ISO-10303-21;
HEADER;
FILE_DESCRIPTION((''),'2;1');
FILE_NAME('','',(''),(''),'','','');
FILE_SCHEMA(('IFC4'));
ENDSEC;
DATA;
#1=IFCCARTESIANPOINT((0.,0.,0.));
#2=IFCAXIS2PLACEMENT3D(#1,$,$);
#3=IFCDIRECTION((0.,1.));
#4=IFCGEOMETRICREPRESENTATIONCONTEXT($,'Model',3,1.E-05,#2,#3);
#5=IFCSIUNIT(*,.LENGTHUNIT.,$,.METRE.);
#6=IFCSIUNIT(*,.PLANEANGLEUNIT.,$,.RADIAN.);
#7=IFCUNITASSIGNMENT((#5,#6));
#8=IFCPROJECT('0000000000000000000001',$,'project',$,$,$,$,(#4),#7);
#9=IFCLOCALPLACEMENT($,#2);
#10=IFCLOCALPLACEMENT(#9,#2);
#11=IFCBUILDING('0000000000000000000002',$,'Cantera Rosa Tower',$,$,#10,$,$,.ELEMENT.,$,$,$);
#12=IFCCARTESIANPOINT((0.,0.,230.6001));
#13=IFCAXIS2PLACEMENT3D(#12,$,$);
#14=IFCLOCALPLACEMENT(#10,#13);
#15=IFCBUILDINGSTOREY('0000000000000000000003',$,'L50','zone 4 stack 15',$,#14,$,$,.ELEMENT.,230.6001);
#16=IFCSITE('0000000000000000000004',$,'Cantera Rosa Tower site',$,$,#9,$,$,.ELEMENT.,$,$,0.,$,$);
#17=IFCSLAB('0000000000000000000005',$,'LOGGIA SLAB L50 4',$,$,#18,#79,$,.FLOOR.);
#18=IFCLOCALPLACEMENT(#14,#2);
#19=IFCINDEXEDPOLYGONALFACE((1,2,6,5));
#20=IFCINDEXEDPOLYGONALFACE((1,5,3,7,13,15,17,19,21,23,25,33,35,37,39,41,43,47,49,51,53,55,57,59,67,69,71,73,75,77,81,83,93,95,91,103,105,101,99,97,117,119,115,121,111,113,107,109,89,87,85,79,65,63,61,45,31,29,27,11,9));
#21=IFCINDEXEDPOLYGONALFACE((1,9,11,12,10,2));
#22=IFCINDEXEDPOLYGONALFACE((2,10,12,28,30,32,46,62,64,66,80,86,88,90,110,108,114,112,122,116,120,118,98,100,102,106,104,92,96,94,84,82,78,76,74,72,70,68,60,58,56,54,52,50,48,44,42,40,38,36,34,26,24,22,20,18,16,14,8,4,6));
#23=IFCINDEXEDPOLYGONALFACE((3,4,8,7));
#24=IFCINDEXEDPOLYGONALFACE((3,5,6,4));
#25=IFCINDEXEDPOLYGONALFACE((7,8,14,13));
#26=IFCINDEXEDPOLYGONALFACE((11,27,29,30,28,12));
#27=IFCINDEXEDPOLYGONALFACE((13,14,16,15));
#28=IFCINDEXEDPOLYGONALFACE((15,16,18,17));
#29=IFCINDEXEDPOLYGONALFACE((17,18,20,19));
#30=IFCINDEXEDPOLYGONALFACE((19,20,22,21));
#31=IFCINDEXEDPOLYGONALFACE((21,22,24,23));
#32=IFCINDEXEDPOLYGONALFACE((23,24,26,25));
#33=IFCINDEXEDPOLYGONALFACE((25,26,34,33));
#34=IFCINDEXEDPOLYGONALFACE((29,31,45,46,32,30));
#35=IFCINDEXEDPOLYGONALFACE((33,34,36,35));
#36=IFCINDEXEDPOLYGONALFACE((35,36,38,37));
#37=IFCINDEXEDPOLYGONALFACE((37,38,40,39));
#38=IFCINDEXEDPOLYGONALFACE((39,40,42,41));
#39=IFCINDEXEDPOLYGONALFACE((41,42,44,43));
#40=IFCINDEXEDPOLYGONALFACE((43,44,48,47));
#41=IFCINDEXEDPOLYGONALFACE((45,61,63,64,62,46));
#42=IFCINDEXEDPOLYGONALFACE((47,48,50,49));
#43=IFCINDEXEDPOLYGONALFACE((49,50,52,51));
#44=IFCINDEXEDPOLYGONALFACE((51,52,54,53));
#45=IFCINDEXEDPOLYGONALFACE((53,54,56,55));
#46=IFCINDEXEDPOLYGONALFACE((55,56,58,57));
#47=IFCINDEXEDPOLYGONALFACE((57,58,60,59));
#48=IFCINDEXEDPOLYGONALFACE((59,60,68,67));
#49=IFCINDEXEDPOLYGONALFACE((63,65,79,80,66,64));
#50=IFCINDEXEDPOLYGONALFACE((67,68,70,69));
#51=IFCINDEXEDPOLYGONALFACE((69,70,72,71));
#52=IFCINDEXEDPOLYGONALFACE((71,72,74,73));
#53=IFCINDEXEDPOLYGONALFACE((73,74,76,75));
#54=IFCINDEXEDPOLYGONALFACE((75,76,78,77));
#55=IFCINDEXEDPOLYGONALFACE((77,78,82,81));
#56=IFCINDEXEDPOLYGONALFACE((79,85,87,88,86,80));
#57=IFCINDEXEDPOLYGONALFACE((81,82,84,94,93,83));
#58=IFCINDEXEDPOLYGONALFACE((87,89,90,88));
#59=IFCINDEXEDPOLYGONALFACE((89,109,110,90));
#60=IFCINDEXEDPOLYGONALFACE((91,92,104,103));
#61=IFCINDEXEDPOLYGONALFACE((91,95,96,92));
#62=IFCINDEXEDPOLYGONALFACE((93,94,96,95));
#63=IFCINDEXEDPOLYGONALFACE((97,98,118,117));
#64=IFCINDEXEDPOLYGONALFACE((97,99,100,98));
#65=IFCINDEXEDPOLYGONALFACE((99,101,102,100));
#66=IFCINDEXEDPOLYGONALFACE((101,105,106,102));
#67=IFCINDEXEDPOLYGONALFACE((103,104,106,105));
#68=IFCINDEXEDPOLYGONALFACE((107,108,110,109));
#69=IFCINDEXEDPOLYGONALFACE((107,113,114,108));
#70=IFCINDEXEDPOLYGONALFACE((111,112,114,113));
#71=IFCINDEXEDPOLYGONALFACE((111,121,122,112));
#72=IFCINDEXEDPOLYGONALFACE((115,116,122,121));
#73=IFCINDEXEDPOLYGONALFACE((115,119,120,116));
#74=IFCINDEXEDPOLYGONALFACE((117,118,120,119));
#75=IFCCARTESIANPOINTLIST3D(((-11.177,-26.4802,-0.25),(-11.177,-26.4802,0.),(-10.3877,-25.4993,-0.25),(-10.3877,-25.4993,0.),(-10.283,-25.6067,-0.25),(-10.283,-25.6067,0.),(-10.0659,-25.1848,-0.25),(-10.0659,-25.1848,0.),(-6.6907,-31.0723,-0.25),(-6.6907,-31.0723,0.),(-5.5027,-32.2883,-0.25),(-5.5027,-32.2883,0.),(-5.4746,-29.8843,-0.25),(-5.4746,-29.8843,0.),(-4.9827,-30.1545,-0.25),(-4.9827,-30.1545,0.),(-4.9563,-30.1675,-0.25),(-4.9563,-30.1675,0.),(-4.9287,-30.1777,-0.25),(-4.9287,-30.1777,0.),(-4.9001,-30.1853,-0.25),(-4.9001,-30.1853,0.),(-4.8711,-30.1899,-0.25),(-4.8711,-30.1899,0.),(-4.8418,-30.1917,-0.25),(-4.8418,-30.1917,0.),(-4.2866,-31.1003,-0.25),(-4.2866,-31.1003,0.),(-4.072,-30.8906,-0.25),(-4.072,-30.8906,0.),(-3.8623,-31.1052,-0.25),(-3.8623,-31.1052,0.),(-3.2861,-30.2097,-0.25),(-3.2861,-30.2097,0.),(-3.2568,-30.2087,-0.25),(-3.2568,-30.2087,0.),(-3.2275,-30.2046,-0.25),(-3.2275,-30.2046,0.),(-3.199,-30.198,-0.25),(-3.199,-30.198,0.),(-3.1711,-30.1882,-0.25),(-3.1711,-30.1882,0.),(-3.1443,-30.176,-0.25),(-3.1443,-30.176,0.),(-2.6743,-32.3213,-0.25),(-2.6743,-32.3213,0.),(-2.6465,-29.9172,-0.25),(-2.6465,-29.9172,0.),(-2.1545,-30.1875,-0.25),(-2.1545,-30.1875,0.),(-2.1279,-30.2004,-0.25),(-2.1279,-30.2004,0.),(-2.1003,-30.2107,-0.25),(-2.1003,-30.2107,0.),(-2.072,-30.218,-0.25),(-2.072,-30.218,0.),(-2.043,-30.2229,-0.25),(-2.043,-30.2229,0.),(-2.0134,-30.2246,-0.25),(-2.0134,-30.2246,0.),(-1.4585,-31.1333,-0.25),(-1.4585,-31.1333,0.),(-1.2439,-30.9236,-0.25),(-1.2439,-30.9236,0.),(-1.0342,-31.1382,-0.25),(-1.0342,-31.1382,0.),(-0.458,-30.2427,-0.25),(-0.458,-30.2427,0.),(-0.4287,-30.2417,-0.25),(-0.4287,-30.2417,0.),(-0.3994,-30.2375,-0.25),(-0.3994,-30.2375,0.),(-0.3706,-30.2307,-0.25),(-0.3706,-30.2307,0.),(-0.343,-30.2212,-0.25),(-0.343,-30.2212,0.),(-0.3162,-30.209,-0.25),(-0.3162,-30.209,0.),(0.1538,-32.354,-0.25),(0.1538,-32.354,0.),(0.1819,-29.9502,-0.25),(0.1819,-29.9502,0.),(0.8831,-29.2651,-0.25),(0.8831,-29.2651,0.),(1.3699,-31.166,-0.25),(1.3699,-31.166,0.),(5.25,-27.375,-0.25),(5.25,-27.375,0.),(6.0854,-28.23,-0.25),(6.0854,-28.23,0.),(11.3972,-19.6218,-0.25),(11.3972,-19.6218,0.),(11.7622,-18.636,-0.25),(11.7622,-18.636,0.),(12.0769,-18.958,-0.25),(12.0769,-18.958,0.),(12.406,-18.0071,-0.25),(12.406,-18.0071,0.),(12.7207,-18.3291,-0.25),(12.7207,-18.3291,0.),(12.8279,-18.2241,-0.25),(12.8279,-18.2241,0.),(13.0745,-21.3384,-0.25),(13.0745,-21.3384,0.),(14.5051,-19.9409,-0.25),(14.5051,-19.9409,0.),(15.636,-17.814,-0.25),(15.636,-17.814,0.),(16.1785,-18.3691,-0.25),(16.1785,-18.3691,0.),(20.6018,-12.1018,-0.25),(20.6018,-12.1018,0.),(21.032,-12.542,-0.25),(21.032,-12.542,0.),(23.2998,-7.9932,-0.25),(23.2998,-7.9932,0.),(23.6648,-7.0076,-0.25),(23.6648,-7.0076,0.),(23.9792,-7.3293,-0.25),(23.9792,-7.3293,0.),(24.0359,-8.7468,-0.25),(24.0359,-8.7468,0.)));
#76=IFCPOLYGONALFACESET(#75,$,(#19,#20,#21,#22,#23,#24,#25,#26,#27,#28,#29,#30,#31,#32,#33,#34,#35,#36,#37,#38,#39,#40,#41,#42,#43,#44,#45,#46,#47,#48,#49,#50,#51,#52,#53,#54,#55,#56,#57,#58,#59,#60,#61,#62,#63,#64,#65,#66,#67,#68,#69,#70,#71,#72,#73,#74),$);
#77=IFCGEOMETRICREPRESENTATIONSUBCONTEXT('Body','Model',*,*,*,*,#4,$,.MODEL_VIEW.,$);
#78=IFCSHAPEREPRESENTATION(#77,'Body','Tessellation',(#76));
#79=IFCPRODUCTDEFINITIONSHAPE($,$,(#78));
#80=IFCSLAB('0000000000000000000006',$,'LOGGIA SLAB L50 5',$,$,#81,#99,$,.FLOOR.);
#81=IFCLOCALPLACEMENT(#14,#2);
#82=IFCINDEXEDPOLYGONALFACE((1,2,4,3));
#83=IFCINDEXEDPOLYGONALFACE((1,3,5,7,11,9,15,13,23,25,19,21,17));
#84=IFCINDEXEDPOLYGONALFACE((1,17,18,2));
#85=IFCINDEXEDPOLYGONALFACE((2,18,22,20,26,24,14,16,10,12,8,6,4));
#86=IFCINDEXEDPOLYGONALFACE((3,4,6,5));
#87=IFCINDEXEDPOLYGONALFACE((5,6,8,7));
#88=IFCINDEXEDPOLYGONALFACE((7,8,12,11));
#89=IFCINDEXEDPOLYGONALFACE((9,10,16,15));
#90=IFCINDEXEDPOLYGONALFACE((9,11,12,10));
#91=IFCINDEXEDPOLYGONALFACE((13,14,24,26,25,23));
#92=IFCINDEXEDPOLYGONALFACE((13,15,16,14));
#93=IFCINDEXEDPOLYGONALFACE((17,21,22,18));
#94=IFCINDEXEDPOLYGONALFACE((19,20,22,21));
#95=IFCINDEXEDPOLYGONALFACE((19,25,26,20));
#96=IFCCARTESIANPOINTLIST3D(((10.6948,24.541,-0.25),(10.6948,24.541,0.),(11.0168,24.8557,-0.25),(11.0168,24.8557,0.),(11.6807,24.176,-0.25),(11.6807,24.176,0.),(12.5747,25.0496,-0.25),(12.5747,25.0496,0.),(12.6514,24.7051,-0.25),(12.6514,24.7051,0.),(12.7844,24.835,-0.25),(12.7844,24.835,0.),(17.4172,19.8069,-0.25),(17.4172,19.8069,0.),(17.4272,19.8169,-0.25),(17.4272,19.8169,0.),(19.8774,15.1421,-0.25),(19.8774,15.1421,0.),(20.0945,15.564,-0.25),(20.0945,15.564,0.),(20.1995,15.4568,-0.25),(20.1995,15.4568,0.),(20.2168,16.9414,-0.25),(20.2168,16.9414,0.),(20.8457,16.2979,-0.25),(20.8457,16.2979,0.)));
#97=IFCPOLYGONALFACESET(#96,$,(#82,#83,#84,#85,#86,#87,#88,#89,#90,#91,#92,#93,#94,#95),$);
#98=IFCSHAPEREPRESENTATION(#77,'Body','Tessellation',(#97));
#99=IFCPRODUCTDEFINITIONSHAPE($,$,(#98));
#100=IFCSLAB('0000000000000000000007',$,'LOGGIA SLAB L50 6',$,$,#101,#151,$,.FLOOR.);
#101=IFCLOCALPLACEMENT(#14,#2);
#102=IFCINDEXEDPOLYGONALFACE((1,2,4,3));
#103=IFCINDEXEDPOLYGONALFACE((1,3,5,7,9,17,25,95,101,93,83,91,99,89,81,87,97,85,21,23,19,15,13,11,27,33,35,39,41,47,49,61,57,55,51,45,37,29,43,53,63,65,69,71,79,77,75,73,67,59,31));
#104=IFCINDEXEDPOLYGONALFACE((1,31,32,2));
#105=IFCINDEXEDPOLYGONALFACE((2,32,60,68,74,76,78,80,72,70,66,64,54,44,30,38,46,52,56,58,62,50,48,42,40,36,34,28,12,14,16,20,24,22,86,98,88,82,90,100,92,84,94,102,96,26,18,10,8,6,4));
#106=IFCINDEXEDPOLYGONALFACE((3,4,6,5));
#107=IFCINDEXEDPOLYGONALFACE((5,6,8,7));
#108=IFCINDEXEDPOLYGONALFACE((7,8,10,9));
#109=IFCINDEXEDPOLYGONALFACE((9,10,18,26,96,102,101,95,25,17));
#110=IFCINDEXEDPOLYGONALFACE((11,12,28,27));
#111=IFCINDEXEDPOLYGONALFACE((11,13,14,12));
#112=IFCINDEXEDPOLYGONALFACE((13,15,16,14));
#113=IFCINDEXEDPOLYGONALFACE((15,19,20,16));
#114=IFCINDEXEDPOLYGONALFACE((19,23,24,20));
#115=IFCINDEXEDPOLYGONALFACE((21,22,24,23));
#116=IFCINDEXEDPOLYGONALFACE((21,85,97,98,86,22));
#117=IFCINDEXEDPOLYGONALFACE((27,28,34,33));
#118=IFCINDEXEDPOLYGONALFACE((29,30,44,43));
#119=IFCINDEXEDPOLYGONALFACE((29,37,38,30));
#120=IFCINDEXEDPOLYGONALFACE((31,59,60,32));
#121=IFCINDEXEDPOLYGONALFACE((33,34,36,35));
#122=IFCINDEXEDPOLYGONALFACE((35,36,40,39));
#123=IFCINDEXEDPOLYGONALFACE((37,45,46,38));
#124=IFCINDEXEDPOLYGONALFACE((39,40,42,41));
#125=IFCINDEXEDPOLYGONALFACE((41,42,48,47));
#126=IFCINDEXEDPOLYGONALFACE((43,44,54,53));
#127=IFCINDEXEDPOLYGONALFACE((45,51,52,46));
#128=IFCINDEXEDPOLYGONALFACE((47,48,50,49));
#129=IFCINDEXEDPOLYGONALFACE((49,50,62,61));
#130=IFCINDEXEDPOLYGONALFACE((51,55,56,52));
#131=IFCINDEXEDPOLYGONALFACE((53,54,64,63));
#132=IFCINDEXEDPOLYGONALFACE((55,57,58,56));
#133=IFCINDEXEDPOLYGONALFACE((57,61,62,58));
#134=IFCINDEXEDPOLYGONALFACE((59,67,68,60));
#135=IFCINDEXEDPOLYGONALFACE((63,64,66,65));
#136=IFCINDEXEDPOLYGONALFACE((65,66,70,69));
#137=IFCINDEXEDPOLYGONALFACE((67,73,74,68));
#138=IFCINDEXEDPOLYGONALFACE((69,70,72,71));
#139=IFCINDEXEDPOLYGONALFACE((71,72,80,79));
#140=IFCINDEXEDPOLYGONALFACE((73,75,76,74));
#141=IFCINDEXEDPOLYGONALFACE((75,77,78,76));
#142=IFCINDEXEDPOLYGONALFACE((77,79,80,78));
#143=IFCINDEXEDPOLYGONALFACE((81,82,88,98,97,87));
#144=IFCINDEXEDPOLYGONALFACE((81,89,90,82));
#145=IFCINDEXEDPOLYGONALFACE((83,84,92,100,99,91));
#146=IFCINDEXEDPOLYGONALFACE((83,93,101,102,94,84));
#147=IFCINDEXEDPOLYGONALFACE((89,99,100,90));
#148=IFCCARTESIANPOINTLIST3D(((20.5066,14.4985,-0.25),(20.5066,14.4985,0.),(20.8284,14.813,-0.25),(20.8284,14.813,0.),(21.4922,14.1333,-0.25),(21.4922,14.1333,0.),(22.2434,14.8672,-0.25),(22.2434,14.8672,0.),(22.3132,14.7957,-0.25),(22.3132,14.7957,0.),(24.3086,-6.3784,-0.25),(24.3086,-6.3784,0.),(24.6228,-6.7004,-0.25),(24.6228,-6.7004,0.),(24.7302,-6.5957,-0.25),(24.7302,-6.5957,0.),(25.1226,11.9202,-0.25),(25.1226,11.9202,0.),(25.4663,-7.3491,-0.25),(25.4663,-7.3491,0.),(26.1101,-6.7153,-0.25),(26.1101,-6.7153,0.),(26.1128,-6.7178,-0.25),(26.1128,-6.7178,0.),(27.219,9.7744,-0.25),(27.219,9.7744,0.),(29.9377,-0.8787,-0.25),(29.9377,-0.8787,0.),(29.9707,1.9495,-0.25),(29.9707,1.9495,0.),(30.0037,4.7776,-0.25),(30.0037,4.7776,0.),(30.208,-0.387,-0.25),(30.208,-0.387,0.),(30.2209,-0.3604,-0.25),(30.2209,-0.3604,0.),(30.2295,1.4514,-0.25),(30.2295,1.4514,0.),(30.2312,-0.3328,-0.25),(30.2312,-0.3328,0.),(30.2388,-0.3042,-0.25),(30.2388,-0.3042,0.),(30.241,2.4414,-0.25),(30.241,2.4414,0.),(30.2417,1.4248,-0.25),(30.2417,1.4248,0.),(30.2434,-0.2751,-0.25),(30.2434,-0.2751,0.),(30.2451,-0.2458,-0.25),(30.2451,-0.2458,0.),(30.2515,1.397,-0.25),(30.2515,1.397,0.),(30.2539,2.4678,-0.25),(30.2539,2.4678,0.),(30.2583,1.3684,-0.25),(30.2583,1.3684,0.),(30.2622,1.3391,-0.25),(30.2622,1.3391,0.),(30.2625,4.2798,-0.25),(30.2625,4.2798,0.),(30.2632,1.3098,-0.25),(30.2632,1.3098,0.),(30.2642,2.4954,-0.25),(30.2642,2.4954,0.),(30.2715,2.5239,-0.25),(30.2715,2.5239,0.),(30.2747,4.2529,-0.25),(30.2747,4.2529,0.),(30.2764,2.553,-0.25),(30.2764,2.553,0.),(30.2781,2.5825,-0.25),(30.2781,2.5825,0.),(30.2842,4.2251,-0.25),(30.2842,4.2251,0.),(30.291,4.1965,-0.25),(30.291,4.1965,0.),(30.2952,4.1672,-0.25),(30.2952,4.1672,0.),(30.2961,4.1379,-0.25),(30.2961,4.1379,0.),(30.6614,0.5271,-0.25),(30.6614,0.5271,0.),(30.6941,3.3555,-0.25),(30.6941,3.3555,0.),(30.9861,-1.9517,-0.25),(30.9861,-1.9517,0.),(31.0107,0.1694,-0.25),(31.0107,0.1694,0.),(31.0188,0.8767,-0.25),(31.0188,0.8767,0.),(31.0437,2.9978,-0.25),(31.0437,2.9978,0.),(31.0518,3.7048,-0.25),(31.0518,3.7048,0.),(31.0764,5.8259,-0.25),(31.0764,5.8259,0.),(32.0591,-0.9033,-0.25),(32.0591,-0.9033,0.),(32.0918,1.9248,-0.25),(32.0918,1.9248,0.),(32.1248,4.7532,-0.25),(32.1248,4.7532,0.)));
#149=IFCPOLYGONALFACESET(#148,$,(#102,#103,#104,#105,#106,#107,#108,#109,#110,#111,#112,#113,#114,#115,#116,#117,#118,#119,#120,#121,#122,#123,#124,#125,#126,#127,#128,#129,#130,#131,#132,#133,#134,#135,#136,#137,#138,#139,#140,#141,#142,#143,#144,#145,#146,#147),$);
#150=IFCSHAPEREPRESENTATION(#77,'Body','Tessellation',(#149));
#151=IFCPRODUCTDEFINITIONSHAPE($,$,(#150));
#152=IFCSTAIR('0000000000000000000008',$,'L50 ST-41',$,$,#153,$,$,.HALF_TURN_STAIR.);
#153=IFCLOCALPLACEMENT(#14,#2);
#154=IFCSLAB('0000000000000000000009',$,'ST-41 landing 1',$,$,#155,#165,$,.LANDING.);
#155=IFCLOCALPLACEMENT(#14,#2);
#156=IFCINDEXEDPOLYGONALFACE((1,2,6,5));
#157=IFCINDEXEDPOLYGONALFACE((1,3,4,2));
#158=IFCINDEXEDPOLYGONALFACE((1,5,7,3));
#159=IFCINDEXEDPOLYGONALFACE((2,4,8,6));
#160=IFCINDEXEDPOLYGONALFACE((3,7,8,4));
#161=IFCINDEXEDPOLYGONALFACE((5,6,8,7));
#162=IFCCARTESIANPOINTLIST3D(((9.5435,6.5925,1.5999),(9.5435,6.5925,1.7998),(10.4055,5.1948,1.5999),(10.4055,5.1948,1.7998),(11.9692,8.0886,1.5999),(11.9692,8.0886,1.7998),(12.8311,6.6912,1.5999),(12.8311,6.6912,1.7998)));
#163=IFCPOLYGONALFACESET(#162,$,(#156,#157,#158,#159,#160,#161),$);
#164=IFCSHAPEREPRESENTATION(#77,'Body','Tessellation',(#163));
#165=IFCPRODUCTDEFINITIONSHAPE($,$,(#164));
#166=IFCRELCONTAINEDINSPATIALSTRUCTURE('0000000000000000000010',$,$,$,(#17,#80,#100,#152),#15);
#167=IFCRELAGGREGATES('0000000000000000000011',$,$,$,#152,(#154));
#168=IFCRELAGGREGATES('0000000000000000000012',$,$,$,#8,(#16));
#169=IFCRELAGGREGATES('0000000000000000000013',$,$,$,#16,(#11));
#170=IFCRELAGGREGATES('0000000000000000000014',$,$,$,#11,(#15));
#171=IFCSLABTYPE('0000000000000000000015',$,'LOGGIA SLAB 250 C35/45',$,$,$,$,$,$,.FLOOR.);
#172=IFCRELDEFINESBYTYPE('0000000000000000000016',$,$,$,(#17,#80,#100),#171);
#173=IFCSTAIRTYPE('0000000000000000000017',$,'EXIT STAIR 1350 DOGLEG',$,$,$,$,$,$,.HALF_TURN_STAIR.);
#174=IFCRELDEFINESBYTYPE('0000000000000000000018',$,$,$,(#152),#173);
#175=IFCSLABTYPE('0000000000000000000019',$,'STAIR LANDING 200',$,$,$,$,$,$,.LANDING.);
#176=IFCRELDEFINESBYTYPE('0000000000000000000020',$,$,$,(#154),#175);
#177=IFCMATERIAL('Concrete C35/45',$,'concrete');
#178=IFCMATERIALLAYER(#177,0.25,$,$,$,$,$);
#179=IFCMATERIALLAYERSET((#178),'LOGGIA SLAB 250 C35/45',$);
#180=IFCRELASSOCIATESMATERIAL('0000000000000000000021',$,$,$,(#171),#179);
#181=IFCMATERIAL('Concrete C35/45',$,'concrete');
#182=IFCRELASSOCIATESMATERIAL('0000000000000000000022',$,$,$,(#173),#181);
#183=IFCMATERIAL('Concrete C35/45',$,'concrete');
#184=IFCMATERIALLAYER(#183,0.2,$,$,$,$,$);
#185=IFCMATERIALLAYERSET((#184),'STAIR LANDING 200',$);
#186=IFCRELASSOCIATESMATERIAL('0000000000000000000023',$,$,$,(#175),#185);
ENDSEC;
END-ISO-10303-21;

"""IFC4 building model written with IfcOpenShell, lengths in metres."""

from ifc_helpers import new_model, si_unit, direction, frame, origin, place, context, subcontext, project, spatial, polyline, outline, extrude, material, layer, layer_set, type_object, element, aggregate, save


model = new_model("IFC4")

# Units and contexts
model_context = context("Model", 3, precision=1e-05, world=origin(), true_north=direction((0.0, 1.0)))
body_context = subcontext(model_context, "Body", "Model", "MODEL_VIEW")
ifc_project = project(units=[si_unit("LENGTHUNIT", "METRE"), si_unit("PLANEANGLEUNIT", "RADIAN")], contexts=[model_context])

# Site, building, storey
site_placement = place(None, origin())
site = spatial("IfcSite", under=ifc_project, at=site_placement, Name="Cantera Rosa Tower site", CompositionType="ELEMENT", RefElevation=0.0)
building_placement = place(site_placement, origin())
building = spatial("IfcBuilding", under=site, at=building_placement, Name="Cantera Rosa Tower", CompositionType="ELEMENT")
storey_placement = place(building_placement, frame((0.0, 0.0, 230.6001)))
storey = spatial("IfcBuildingStorey", under=building, at=storey_placement, Name="L50", Description="zone 4 stack 15", CompositionType="ELEMENT", Elevation=230.6001)

# Slabs
ifc_material_1 = material(Name="Concrete C35/45", Category="concrete")
ifc_layer_1 = layer(ifc_material_1, 0.25)
ifc_layer_set_1 = layer_set([ifc_layer_1], Name="LOGGIA SLAB 250 C35/45")
slab_type_1 = type_object("IfcSlabType", Name="LOGGIA SLAB 250 C35/45", PredefinedType="FLOOR", material=ifc_layer_set_1)
slab_1_placement = place(storey_placement, frame((0.0, 0.0, -0.25)))
element("IfcSlab", 1, at=slab_1_placement, inside=storey, type_object=slab_type_1, Name="LOGGIA SLAB L50 4", PredefinedType="FLOOR", context=body_context, shape_type="SweptSolid", body=[
    extrude(outline(polyline([(1.3699, -31.166), (0.1538, -32.354), (-1.0342, -31.1382), (-1.2439, -30.9236), (-1.4585, -31.1333), (-2.6743, -32.3213), (-3.8623, -31.1052), (-4.072, -30.8906), (-4.2866, -31.1003), (-5.5027, -32.2883), (-6.6907, -31.0723), (-11.177, -26.4802), (-10.283, -25.6067), (-10.3877, -25.4993), (-10.0659, -25.1848), (-5.4746, -29.8843), (-4.9827, -30.1545), (-4.9563, -30.1675), (-4.9287, -30.1777), (-4.9001, -30.1853), (-4.8711, -30.1899), (-4.8418, -30.1917), (-3.2861, -30.2097), (-3.2568, -30.2087), (-3.2275, -30.2046), (-3.199, -30.198), (-3.1711, -30.1882), (-3.1443, -30.176), (-2.6465, -29.9172), (-2.1545, -30.1875), (-2.1279, -30.2004), (-2.1003, -30.2107), (-2.072, -30.218), (-2.043, -30.2229), (-2.0134, -30.2246), (-0.458, -30.2427), (-0.4287, -30.2417), (-0.3994, -30.2375), (-0.3706, -30.2307), (-0.343, -30.2212), (-0.3162, -30.209), (0.1819, -29.9502), (0.8831, -29.2651), (11.7622, -18.636), (12.0769, -18.958), (11.3972, -19.6218), (13.0745, -21.3384), (14.5051, -19.9409), (12.8279, -18.2241), (12.7207, -18.3291), (12.406, -18.0071), (23.6648, -7.0076), (23.9792, -7.3293), (23.2998, -7.9932), (24.0359, -8.7468), (20.6018, -12.1018), (21.032, -12.542), (15.636, -17.814), (16.1785, -18.3691), (6.0854, -28.23), (5.25, -27.375), (1.3699, -31.166)])), origin(), (0.0, 0.0, 1.0), 0.25),
])
slab_2_placement = place(storey_placement, frame((0.0, 0.0, -0.25)))
element("IfcSlab", 2, at=slab_2_placement, inside=storey, type_object=slab_type_1, Name="LOGGIA SLAB L50 5", PredefinedType="FLOOR", context=body_context, shape_type="SweptSolid", body=[
    extrude(outline(polyline([(17.4272, 19.8169), (17.4172, 19.8069), (20.2168, 16.9414), (20.8457, 16.2979), (20.0945, 15.564), (20.1995, 15.4568), (19.8774, 15.1421), (10.6948, 24.541), (11.0168, 24.8557), (11.6807, 24.176), (12.5747, 25.0496), (12.7844, 24.835), (12.6514, 24.7051), (17.4272, 19.8169)])), origin(), (0.0, 0.0, 1.0), 0.25),
])
slab_3_placement = place(storey_placement, frame((0.0, 0.0, -0.25)))
element("IfcSlab", 3, at=slab_3_placement, inside=storey, type_object=slab_type_1, Name="LOGGIA SLAB L50 6", PredefinedType="FLOOR", context=body_context, shape_type="SweptSolid", body=[
    extrude(outline(polyline([(27.219, 9.7744), (31.0764, 5.8259), (32.1248, 4.7532), (31.0518, 3.7048), (30.6941, 3.3555), (31.0437, 2.9978), (32.0918, 1.9248), (31.0188, 0.8767), (30.6614, 0.5271), (31.0107, 0.1694), (32.0591, -0.9033), (30.9861, -1.9517), (26.1101, -6.7153), (26.1128, -6.7178), (25.4663, -7.3491), (24.7302, -6.5957), (24.6228, -6.7004), (24.3086, -6.3784), (29.9377, -0.8787), (30.208, -0.387), (30.2209, -0.3604), (30.2312, -0.3328), (30.2388, -0.3042), (30.2434, -0.2751), (30.2451, -0.2458), (30.2632, 1.3098), (30.2622, 1.3391), (30.2583, 1.3684), (30.2515, 1.397), (30.2417, 1.4248), (30.2295, 1.4514), (29.9707, 1.9495), (30.241, 2.4414), (30.2539, 2.4678), (30.2642, 2.4954), (30.2715, 2.5239), (30.2764, 2.553), (30.2781, 2.5825), (30.2961, 4.1379), (30.2952, 4.1672), (30.291, 4.1965), (30.2842, 4.2251), (30.2747, 4.2529), (30.2625, 4.2798), (30.0037, 4.7776), (20.5066, 14.4985), (20.8284, 14.813), (21.4922, 14.1333), (22.2434, 14.8672), (22.3132, 14.7957), (25.1226, 11.9202), (27.219, 9.7744)])), origin(), (0.0, 0.0, 1.0), 0.25),
])

# Stair, slab
ifc_material_2 = material(Name="Concrete C35/45", Category="concrete")
stair_type = type_object("IfcStairType", Name="EXIT STAIR 1350 DOGLEG", PredefinedType="HALF_TURN_STAIR", material=ifc_material_2)
stair_1_placement = place(storey_placement, origin())
stair_1 = element("IfcStair", 4, at=stair_1_placement, inside=storey, type_object=stair_type, Name="L50 ST-41", PredefinedType="HALF_TURN_STAIR")
ifc_material_3 = material(Name="Concrete C35/45", Category="concrete")
ifc_layer_2 = layer(ifc_material_3, 0.2)
ifc_layer_set_2 = layer_set([ifc_layer_2], Name="STAIR LANDING 200")
slab_type_2 = type_object("IfcSlabType", Name="STAIR LANDING 200", PredefinedType="LANDING", material=ifc_layer_set_2)
slab_4_placement = place(storey_placement, frame((0.0, 0.0, 1.5999)))
slab_4 = element("IfcSlab", 5, at=slab_4_placement, type_object=slab_type_2, Name="ST-41 landing 1", PredefinedType="LANDING", context=body_context, shape_type="SweptSolid", body=[
    extrude(outline(polyline([(12.8311, 6.6912), (11.9692, 8.0886), (9.5435, 6.5925), (10.4055, 5.1948), (12.8311, 6.6912)])), origin(), (0.0, 0.0, 1.0), 0.2),
])
aggregate(stair_1, [slab_4])

save(model, "model.ifc")
